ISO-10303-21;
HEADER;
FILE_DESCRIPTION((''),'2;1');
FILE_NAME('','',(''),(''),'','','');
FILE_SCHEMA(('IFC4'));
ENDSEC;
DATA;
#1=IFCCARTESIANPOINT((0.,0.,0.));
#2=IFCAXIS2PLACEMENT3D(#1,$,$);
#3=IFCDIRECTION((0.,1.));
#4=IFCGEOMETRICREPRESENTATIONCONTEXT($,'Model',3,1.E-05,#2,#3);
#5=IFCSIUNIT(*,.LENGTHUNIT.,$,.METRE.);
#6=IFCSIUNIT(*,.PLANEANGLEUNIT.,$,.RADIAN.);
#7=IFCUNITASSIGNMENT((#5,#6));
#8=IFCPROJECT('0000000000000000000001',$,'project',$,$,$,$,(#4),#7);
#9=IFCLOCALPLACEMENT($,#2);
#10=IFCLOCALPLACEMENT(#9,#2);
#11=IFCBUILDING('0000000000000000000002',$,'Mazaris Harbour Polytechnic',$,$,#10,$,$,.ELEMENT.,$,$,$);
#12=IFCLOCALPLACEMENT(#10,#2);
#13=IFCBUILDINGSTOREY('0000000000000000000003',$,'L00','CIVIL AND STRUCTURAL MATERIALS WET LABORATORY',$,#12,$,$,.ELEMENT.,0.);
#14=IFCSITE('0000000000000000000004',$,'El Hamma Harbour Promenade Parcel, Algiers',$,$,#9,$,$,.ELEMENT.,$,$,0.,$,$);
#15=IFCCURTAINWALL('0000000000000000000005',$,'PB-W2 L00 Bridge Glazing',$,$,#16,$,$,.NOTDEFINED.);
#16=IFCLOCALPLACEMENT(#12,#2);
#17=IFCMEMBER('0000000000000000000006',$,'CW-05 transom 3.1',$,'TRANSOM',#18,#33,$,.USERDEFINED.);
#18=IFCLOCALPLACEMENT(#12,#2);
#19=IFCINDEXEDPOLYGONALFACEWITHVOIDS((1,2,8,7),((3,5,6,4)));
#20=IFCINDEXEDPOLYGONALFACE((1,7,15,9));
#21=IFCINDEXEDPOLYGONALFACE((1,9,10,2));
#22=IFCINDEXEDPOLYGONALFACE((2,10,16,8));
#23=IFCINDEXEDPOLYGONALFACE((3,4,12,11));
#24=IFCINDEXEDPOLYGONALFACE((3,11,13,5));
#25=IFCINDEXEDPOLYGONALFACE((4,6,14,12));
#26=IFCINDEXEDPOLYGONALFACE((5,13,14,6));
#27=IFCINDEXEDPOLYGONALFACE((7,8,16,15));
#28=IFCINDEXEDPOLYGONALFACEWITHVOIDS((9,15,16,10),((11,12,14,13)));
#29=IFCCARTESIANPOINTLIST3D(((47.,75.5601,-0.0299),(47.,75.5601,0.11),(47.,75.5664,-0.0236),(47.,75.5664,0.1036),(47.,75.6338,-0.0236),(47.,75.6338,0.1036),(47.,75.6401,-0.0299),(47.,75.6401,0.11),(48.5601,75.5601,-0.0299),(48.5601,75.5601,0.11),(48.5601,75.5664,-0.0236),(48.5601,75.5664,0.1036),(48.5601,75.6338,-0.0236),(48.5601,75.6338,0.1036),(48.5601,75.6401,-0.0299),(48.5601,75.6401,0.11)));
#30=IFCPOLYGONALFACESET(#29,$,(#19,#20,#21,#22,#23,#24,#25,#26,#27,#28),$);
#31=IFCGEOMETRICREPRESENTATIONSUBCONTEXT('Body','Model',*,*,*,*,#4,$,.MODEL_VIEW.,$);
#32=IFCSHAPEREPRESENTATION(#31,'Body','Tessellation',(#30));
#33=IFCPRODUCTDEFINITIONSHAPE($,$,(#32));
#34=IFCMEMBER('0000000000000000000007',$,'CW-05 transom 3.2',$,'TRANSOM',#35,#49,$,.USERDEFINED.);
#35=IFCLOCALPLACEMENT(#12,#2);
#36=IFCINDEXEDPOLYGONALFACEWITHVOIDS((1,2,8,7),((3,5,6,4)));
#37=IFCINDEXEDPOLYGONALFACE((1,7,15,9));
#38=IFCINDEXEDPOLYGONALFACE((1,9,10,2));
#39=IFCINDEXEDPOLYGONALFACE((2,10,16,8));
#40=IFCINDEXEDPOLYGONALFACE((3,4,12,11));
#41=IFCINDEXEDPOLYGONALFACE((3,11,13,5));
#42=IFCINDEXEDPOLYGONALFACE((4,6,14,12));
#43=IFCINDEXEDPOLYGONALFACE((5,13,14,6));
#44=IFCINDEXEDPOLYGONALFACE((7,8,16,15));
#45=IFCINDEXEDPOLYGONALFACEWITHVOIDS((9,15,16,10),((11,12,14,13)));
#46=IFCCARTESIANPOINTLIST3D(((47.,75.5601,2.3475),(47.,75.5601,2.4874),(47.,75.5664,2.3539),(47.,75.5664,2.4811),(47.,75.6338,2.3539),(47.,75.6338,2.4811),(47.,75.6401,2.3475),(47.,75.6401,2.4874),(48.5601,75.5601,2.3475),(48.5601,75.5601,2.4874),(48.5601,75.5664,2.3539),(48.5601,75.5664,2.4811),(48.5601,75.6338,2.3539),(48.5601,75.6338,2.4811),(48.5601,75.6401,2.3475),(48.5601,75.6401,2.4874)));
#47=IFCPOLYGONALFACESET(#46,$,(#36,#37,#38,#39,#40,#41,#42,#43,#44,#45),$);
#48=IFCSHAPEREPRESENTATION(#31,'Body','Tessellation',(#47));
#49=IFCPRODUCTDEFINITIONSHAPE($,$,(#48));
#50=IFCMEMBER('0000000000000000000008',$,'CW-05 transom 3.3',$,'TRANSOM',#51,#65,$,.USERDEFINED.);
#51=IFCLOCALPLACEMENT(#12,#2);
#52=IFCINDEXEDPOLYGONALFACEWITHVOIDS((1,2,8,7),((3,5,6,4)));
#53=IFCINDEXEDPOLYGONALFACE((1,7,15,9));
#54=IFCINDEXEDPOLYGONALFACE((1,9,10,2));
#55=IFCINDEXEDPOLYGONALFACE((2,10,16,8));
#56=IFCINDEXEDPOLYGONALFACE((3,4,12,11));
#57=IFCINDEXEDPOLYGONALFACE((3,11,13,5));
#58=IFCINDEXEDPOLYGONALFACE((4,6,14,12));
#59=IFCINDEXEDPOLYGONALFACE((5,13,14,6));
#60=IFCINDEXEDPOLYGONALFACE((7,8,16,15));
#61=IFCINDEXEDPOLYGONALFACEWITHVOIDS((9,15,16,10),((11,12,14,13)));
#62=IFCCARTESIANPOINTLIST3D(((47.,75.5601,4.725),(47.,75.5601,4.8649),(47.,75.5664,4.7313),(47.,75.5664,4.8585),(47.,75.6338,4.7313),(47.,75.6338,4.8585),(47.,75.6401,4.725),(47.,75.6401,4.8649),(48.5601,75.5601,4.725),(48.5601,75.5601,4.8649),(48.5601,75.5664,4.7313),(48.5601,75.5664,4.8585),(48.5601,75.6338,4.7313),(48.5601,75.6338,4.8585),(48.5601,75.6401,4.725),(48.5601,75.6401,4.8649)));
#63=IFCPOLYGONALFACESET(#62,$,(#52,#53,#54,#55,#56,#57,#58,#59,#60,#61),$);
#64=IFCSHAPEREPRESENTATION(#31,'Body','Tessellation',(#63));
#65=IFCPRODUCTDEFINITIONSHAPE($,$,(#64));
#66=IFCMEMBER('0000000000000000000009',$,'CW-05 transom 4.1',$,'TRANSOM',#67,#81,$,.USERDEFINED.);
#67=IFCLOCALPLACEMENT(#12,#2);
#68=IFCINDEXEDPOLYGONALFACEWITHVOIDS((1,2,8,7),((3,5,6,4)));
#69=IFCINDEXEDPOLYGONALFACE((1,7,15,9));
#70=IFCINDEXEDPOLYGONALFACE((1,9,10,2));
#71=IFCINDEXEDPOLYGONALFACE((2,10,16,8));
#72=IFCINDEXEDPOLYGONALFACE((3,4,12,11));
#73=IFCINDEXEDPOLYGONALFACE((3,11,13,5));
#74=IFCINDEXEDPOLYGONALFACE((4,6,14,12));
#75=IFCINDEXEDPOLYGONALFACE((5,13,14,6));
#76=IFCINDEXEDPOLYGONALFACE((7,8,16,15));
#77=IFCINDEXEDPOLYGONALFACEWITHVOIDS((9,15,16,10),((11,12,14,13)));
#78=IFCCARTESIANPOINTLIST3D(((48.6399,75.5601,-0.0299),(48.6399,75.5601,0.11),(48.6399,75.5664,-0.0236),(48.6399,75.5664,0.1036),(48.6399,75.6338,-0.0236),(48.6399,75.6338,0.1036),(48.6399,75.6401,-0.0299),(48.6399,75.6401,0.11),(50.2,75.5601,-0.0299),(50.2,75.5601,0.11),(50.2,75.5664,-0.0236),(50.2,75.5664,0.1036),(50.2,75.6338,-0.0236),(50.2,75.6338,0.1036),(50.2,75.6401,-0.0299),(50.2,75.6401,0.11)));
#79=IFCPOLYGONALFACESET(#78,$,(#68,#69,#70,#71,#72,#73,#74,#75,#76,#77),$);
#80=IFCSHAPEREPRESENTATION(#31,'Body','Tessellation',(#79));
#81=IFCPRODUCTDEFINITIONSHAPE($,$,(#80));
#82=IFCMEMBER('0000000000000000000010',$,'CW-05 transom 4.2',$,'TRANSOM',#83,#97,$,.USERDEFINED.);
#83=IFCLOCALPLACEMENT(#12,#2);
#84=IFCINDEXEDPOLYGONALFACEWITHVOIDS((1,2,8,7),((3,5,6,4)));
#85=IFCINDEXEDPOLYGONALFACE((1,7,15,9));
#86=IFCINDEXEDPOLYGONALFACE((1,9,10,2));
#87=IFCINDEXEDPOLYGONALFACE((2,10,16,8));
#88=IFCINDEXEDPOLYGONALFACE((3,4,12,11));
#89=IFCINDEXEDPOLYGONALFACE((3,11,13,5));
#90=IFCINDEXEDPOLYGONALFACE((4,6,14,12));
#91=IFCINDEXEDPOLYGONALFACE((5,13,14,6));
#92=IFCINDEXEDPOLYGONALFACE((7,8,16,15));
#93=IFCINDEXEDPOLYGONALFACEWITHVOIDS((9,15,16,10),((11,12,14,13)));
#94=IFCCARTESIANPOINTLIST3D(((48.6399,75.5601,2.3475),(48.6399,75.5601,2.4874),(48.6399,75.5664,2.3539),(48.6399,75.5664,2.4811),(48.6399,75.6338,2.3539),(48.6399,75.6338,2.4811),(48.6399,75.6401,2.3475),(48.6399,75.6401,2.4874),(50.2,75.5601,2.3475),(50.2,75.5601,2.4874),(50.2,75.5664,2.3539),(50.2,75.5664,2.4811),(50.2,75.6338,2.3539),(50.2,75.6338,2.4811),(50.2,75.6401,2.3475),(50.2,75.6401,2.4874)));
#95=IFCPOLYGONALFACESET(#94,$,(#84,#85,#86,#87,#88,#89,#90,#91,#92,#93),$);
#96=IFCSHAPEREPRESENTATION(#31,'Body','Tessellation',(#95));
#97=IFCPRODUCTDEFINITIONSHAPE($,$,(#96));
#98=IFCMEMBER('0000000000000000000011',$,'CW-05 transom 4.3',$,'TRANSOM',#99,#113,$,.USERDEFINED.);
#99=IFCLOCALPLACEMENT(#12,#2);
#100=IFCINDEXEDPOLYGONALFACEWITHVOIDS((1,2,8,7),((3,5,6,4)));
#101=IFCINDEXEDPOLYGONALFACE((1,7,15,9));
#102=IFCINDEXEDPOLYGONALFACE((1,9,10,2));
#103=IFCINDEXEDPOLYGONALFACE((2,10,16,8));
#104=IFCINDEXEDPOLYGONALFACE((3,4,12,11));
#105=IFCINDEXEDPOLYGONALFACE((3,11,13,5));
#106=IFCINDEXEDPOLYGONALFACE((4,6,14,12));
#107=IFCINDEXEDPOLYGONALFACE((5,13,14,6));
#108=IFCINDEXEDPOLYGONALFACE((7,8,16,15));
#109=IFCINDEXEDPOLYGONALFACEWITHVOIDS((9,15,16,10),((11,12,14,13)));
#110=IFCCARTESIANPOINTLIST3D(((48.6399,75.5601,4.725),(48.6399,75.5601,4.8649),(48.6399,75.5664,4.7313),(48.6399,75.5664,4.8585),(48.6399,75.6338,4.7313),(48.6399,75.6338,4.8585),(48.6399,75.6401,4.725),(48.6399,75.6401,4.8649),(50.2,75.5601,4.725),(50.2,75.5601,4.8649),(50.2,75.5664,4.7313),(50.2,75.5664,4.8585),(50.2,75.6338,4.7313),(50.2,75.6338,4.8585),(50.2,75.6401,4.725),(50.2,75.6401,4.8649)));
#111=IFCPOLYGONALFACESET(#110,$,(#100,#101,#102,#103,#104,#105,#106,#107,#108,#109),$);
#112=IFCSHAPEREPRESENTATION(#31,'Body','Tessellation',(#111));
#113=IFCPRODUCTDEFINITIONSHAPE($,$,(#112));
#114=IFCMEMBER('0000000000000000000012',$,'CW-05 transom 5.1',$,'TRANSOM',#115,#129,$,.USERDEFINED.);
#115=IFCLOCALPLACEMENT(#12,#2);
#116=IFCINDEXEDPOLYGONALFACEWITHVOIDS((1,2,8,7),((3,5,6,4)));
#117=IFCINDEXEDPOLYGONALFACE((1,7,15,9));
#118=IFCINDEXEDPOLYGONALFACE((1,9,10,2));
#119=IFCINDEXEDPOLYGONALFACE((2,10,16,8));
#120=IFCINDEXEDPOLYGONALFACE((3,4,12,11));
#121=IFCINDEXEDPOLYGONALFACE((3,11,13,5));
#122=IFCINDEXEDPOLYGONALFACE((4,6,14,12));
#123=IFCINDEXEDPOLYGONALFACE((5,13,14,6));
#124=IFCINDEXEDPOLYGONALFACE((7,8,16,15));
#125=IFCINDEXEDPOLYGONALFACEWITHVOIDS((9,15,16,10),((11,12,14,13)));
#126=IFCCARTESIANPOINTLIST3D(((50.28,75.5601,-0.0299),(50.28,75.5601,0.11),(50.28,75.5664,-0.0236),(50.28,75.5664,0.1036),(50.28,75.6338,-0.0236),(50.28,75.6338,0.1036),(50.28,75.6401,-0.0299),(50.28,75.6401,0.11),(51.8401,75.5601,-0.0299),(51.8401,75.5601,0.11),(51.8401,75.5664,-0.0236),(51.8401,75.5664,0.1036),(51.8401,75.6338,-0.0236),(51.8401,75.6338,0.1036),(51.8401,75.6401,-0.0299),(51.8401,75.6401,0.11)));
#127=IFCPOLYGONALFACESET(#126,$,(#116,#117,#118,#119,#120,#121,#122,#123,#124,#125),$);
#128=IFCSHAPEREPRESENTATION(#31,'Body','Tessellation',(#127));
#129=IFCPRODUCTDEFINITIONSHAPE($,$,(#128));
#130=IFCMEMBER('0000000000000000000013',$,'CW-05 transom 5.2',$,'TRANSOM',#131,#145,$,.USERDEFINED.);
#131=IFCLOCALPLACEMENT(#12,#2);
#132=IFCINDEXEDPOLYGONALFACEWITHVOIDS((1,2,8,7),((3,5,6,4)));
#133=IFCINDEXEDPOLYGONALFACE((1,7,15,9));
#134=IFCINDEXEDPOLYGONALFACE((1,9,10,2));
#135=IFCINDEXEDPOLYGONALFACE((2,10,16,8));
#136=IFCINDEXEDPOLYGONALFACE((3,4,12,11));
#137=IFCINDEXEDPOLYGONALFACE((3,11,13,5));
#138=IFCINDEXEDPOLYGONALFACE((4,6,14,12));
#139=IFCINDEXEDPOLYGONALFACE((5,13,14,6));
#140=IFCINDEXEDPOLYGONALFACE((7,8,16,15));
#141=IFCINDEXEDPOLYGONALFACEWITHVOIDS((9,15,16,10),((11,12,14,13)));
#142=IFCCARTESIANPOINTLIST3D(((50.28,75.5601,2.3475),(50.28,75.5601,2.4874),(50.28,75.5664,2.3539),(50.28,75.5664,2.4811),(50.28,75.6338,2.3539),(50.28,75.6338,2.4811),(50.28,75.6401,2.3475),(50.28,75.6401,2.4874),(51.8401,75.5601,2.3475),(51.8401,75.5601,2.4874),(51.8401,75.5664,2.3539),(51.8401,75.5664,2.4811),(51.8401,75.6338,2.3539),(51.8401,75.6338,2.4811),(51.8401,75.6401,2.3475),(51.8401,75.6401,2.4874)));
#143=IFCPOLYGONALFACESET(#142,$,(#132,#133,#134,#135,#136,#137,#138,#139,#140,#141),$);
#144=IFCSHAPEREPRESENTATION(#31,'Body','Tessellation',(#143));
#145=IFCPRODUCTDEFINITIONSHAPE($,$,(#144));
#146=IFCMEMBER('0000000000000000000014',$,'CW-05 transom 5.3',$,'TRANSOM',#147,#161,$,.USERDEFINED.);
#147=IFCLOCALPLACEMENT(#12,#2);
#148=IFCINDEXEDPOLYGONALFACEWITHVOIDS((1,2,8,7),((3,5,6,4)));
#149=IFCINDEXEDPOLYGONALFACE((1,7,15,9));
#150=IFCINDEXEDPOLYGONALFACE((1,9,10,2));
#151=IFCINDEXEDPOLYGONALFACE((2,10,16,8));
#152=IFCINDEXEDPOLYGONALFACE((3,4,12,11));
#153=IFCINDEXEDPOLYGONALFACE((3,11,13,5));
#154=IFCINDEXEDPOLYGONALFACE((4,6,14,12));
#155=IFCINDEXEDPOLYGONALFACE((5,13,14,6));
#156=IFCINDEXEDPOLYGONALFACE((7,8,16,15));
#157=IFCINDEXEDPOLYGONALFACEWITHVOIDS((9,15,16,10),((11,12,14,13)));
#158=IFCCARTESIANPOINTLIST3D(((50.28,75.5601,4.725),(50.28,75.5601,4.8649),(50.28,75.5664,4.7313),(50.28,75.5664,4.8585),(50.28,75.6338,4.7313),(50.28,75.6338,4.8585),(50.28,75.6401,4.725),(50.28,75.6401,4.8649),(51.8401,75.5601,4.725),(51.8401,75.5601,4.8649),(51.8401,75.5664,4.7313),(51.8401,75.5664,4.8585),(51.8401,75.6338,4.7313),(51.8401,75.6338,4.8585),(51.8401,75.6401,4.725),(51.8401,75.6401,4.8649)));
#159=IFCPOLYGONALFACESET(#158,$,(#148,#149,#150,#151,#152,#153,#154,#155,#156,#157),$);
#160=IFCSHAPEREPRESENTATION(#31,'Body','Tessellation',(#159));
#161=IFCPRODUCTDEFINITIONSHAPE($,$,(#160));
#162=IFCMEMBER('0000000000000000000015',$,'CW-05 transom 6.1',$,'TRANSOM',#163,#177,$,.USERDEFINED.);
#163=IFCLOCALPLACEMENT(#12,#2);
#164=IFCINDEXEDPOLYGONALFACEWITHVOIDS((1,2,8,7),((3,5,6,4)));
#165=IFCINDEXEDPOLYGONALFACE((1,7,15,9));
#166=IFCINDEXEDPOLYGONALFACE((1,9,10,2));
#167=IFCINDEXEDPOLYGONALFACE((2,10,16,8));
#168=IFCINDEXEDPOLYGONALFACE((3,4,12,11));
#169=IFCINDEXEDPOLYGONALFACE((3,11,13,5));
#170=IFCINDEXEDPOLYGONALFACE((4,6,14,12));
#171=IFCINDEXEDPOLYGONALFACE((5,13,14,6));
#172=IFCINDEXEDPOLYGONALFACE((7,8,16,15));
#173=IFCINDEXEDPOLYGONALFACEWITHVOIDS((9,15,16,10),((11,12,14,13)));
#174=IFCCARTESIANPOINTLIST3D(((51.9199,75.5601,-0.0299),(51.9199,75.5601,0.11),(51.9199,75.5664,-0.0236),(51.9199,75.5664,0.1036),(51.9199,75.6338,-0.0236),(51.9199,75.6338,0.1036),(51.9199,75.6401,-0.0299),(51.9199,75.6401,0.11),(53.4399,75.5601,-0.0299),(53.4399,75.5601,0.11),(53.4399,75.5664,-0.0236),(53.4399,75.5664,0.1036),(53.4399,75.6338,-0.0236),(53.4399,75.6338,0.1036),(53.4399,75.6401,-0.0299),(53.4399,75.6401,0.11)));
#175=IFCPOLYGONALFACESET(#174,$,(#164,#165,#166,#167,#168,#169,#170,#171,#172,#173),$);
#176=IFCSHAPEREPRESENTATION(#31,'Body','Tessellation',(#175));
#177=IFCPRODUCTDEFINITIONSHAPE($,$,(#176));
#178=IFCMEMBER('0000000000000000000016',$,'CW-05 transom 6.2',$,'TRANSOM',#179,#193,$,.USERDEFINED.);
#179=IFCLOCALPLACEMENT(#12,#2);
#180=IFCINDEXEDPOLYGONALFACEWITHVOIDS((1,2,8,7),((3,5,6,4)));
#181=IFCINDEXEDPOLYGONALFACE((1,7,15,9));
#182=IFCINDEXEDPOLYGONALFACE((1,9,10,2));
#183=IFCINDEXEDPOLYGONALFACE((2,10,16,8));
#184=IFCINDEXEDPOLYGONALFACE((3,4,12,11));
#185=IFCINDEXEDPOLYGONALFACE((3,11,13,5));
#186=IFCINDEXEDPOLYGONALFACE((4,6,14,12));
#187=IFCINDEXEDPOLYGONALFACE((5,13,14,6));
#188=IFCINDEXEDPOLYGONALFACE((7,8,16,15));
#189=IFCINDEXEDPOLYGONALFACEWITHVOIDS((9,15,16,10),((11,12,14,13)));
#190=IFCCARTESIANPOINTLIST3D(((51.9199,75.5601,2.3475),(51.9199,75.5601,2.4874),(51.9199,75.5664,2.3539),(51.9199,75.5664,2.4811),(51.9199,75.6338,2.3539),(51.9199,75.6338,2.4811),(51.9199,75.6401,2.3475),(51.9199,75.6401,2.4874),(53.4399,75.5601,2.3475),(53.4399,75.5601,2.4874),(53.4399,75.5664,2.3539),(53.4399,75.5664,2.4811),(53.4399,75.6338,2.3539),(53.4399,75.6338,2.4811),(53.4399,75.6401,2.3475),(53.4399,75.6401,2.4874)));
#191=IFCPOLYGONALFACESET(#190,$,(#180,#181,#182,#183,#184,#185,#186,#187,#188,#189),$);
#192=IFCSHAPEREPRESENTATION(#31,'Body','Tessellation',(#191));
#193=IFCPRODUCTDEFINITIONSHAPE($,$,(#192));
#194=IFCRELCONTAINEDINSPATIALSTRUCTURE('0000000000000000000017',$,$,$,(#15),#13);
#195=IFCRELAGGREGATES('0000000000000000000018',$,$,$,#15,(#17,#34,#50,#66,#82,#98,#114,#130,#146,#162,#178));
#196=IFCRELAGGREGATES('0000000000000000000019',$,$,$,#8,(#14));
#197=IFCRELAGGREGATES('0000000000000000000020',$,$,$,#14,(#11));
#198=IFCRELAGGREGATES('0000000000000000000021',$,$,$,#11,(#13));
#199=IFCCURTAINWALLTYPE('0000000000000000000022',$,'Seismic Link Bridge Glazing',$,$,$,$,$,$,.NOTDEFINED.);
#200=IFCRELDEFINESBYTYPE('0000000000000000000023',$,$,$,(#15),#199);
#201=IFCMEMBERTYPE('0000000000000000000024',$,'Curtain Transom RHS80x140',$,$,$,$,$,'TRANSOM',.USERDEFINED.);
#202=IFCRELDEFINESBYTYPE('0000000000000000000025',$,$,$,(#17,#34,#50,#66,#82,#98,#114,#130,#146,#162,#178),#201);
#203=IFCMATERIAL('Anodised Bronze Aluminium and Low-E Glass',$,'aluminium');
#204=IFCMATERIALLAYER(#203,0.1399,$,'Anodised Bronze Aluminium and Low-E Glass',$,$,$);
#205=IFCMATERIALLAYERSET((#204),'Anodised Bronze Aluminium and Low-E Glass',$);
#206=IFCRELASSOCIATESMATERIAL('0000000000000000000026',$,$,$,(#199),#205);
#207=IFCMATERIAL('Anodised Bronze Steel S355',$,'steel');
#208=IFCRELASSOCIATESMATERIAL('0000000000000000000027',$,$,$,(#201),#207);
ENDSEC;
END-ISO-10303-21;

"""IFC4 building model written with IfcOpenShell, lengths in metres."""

from ifc_helpers import new_model, si_unit, direction, frame, origin, origin_2d, place, context, subcontext, project, spatial, hollow_rectangle, extrude, material, layer, layer_set, material_profile, profile_set, type_object, element, aggregate, save


model = new_model("IFC4")

# Units and contexts
model_context = context("Model", 3, precision=1e-05, world=origin(), true_north=direction((0.0, 1.0)))
body_context = subcontext(model_context, "Body", "Model", "MODEL_VIEW")
ifc_project = project(units=[si_unit("LENGTHUNIT", "METRE"), si_unit("PLANEANGLEUNIT", "RADIAN")], contexts=[model_context])

# Site, building, storey
site_placement = place(None, origin())
site = spatial("IfcSite", under=ifc_project, at=site_placement, Name="El Hamma Harbour Promenade Parcel, Algiers", CompositionType="ELEMENT", RefElevation=0.0)
building_placement = place(site_placement, origin())
building = spatial("IfcBuilding", under=site, at=building_placement, Name="Mazaris Harbour Polytechnic", CompositionType="ELEMENT")
storey_placement = place(building_placement, origin())
storey = spatial("IfcBuildingStorey", under=building, at=storey_placement, Name="L00", Description="CIVIL AND STRUCTURAL MATERIALS WET LABORATORY", CompositionType="ELEMENT", Elevation=0.0)

# Curtain wall, members
ifc_material_1 = material(Name="Anodised Bronze Aluminium and Low-E Glass", Category="aluminium")
ifc_layer_1 = layer(ifc_material_1, 0.1399, Name="Anodised Bronze Aluminium and Low-E Glass")
ifc_layer_set_1 = layer_set([ifc_layer_1], Name="Anodised Bronze Aluminium and Low-E Glass")
curtain_wall_type = type_object("IfcCurtainWallType", Name="Seismic Link Bridge Glazing", PredefinedType="NOTDEFINED", material=ifc_layer_set_1)
curtain_wall_placement = place(storey_placement, origin())
curtain_wall = element("IfcCurtainWall", 1, at=curtain_wall_placement, inside=storey, type_object=curtain_wall_type, Name="PB-W2 L00 Bridge Glazing", PredefinedType="NOTDEFINED")
ifc_material_2 = material(Name="Anodised Bronze Steel S355", Category="steel")
ifc_material_profile_1 = material_profile(ifc_material_2, hollow_rectangle(XDim=0.0801, YDim=0.1399, WallThickness=0.0063, at=origin_2d()), Name="RHS 80x140x6.3")
ifc_profile_set_1 = profile_set([ifc_material_profile_1], Name="Anodised Bronze Steel S355")
member_type_1 = type_object("IfcMemberType", Name="Curtain Transom RHS80x140", ElementType="TRANSOM", PredefinedType="USERDEFINED", material=ifc_profile_set_1)
member_1_placement = place(storey_placement, frame((47.0, 75.6001, 0.04), z_axis=(1.0, 0.0, 0.0), x_axis=(0.0, 1.0, 0.0)))
member_1 = element("IfcMember", 2, at=member_1_placement, type_object=member_type_1, Name="CW-05 transom 3.1", ObjectType="TRANSOM", PredefinedType="USERDEFINED", context=body_context, shape_type="SweptSolid", body=[
    extrude(hollow_rectangle(XDim=0.0801, YDim=0.1399, WallThickness=0.0063, at=origin_2d()), origin(), (0.0, 0.0, 1.0), 1.5601),
])
member_2_placement = place(storey_placement, frame((47.0, 75.6001, 2.4175), z_axis=(1.0, 0.0, 0.0), x_axis=(0.0, 1.0, 0.0)))
member_2 = element("IfcMember", 3, at=member_2_placement, type_object=member_type_1, Name="CW-05 transom 3.2", ObjectType="TRANSOM", PredefinedType="USERDEFINED", context=body_context, shape_type="SweptSolid", body=[
    extrude(hollow_rectangle(XDim=0.0801, YDim=0.1399, WallThickness=0.0063, at=origin_2d()), origin(), (0.0, 0.0, 1.0), 1.5601),
])
member_3_placement = place(storey_placement, frame((47.0, 75.6001, 4.7949), z_axis=(1.0, 0.0, 0.0), x_axis=(0.0, 1.0, 0.0)))
member_3 = element("IfcMember", 4, at=member_3_placement, type_object=member_type_1, Name="CW-05 transom 3.3", ObjectType="TRANSOM", PredefinedType="USERDEFINED", context=body_context, shape_type="SweptSolid", body=[
    extrude(hollow_rectangle(XDim=0.0801, YDim=0.1399, WallThickness=0.0063, at=origin_2d()), origin(), (0.0, 0.0, 1.0), 1.5601),
])
member_4_placement = place(storey_placement, frame((48.6399, 75.6001, 0.04), z_axis=(1.0, 0.0, 0.0), x_axis=(0.0, 1.0, 0.0)))
member_4 = element("IfcMember", 5, at=member_4_placement, type_object=member_type_1, Name="CW-05 transom 4.1", ObjectType="TRANSOM", PredefinedType="USERDEFINED", context=body_context, shape_type="SweptSolid", body=[
    extrude(hollow_rectangle(XDim=0.0801, YDim=0.1399, WallThickness=0.0063, at=origin_2d()), origin(), (0.0, 0.0, 1.0), 1.5601),
])
member_5_placement = place(storey_placement, frame((48.6399, 75.6001, 2.4175), z_axis=(1.0, 0.0, 0.0), x_axis=(0.0, 1.0, 0.0)))
member_5 = element("IfcMember", 6, at=member_5_placement, type_object=member_type_1, Name="CW-05 transom 4.2", ObjectType="TRANSOM", PredefinedType="USERDEFINED", context=body_context, shape_type="SweptSolid", body=[
    extrude(hollow_rectangle(XDim=0.0801, YDim=0.1399, WallThickness=0.0063, at=origin_2d()), origin(), (0.0, 0.0, 1.0), 1.5601),
])
member_6_placement = place(storey_placement, frame((48.6399, 75.6001, 4.7949), z_axis=(1.0, 0.0, 0.0), x_axis=(0.0, 1.0, 0.0)))
member_6 = element("IfcMember", 7, at=member_6_placement, type_object=member_type_1, Name="CW-05 transom 4.3", ObjectType="TRANSOM", PredefinedType="USERDEFINED", context=body_context, shape_type="SweptSolid", body=[
    extrude(hollow_rectangle(XDim=0.0801, YDim=0.1399, WallThickness=0.0063, at=origin_2d()), origin(), (0.0, 0.0, 1.0), 1.5601),
])
member_7_placement = place(storey_placement, frame((50.28, 75.6001, 0.04), z_axis=(1.0, 0.0, 0.0), x_axis=(0.0, 1.0, 0.0)))
member_7 = element("IfcMember", 8, at=member_7_placement, type_object=member_type_1, Name="CW-05 transom 5.1", ObjectType="TRANSOM", PredefinedType="USERDEFINED", context=body_context, shape_type="SweptSolid", body=[
    extrude(hollow_rectangle(XDim=0.0801, YDim=0.1399, WallThickness=0.0063, at=origin_2d()), origin(), (0.0, 0.0, 1.0), 1.5601),
])
member_8_placement = place(storey_placement, frame((50.28, 75.6001, 2.4175), z_axis=(1.0, 0.0, 0.0), x_axis=(0.0, 1.0, 0.0)))
member_8 = element("IfcMember", 9, at=member_8_placement, type_object=member_type_1, Name="CW-05 transom 5.2", ObjectType="TRANSOM", PredefinedType="USERDEFINED", context=body_context, shape_type="SweptSolid", body=[
    extrude(hollow_rectangle(XDim=0.0801, YDim=0.1399, WallThickness=0.0063, at=origin_2d()), origin(), (0.0, 0.0, 1.0), 1.5601),
])
member_9_placement = place(storey_placement, frame((50.28, 75.6001, 4.7949), z_axis=(1.0, 0.0, 0.0), x_axis=(0.0, 1.0, 0.0)))
member_9 = element("IfcMember", 10, at=member_9_placement, type_object=member_type_1, Name="CW-05 transom 5.3", ObjectType="TRANSOM", PredefinedType="USERDEFINED", context=body_context, shape_type="SweptSolid", body=[
    extrude(hollow_rectangle(XDim=0.0801, YDim=0.1399, WallThickness=0.0063, at=origin_2d()), origin(), (0.0, 0.0, 1.0), 1.5601),
])
member_10_placement = place(storey_placement, frame((51.9199, 75.6001, 0.04), z_axis=(1.0, 0.0, 0.0), x_axis=(0.0, 1.0, 0.0)))
member_10 = element("IfcMember", 11, at=member_10_placement, type_object=member_type_1, Name="CW-05 transom 6.1", ObjectType="TRANSOM", PredefinedType="USERDEFINED", context=body_context, shape_type="SweptSolid", body=[
    extrude(hollow_rectangle(XDim=0.0801, YDim=0.1399, WallThickness=0.0063, at=origin_2d()), origin(), (0.0, 0.0, 1.0), 1.52),
])
member_11_placement = place(storey_placement, frame((51.9199, 75.6001, 2.4175), z_axis=(1.0, 0.0, 0.0), x_axis=(0.0, 1.0, 0.0)))
member_11 = element("IfcMember", 12, at=member_11_placement, type_object=member_type_1, Name="CW-05 transom 6.2", ObjectType="TRANSOM", PredefinedType="USERDEFINED", context=body_context, shape_type="SweptSolid", body=[
    extrude(hollow_rectangle(XDim=0.0801, YDim=0.1399, WallThickness=0.0063, at=origin_2d()), origin(), (0.0, 0.0, 1.0), 1.52),
])

aggregate(curtain_wall, [member_1, member_2, member_3, member_4, member_5, member_6, member_7, member_8, member_9, member_10, member_11])

save(model, "model.ifc")
